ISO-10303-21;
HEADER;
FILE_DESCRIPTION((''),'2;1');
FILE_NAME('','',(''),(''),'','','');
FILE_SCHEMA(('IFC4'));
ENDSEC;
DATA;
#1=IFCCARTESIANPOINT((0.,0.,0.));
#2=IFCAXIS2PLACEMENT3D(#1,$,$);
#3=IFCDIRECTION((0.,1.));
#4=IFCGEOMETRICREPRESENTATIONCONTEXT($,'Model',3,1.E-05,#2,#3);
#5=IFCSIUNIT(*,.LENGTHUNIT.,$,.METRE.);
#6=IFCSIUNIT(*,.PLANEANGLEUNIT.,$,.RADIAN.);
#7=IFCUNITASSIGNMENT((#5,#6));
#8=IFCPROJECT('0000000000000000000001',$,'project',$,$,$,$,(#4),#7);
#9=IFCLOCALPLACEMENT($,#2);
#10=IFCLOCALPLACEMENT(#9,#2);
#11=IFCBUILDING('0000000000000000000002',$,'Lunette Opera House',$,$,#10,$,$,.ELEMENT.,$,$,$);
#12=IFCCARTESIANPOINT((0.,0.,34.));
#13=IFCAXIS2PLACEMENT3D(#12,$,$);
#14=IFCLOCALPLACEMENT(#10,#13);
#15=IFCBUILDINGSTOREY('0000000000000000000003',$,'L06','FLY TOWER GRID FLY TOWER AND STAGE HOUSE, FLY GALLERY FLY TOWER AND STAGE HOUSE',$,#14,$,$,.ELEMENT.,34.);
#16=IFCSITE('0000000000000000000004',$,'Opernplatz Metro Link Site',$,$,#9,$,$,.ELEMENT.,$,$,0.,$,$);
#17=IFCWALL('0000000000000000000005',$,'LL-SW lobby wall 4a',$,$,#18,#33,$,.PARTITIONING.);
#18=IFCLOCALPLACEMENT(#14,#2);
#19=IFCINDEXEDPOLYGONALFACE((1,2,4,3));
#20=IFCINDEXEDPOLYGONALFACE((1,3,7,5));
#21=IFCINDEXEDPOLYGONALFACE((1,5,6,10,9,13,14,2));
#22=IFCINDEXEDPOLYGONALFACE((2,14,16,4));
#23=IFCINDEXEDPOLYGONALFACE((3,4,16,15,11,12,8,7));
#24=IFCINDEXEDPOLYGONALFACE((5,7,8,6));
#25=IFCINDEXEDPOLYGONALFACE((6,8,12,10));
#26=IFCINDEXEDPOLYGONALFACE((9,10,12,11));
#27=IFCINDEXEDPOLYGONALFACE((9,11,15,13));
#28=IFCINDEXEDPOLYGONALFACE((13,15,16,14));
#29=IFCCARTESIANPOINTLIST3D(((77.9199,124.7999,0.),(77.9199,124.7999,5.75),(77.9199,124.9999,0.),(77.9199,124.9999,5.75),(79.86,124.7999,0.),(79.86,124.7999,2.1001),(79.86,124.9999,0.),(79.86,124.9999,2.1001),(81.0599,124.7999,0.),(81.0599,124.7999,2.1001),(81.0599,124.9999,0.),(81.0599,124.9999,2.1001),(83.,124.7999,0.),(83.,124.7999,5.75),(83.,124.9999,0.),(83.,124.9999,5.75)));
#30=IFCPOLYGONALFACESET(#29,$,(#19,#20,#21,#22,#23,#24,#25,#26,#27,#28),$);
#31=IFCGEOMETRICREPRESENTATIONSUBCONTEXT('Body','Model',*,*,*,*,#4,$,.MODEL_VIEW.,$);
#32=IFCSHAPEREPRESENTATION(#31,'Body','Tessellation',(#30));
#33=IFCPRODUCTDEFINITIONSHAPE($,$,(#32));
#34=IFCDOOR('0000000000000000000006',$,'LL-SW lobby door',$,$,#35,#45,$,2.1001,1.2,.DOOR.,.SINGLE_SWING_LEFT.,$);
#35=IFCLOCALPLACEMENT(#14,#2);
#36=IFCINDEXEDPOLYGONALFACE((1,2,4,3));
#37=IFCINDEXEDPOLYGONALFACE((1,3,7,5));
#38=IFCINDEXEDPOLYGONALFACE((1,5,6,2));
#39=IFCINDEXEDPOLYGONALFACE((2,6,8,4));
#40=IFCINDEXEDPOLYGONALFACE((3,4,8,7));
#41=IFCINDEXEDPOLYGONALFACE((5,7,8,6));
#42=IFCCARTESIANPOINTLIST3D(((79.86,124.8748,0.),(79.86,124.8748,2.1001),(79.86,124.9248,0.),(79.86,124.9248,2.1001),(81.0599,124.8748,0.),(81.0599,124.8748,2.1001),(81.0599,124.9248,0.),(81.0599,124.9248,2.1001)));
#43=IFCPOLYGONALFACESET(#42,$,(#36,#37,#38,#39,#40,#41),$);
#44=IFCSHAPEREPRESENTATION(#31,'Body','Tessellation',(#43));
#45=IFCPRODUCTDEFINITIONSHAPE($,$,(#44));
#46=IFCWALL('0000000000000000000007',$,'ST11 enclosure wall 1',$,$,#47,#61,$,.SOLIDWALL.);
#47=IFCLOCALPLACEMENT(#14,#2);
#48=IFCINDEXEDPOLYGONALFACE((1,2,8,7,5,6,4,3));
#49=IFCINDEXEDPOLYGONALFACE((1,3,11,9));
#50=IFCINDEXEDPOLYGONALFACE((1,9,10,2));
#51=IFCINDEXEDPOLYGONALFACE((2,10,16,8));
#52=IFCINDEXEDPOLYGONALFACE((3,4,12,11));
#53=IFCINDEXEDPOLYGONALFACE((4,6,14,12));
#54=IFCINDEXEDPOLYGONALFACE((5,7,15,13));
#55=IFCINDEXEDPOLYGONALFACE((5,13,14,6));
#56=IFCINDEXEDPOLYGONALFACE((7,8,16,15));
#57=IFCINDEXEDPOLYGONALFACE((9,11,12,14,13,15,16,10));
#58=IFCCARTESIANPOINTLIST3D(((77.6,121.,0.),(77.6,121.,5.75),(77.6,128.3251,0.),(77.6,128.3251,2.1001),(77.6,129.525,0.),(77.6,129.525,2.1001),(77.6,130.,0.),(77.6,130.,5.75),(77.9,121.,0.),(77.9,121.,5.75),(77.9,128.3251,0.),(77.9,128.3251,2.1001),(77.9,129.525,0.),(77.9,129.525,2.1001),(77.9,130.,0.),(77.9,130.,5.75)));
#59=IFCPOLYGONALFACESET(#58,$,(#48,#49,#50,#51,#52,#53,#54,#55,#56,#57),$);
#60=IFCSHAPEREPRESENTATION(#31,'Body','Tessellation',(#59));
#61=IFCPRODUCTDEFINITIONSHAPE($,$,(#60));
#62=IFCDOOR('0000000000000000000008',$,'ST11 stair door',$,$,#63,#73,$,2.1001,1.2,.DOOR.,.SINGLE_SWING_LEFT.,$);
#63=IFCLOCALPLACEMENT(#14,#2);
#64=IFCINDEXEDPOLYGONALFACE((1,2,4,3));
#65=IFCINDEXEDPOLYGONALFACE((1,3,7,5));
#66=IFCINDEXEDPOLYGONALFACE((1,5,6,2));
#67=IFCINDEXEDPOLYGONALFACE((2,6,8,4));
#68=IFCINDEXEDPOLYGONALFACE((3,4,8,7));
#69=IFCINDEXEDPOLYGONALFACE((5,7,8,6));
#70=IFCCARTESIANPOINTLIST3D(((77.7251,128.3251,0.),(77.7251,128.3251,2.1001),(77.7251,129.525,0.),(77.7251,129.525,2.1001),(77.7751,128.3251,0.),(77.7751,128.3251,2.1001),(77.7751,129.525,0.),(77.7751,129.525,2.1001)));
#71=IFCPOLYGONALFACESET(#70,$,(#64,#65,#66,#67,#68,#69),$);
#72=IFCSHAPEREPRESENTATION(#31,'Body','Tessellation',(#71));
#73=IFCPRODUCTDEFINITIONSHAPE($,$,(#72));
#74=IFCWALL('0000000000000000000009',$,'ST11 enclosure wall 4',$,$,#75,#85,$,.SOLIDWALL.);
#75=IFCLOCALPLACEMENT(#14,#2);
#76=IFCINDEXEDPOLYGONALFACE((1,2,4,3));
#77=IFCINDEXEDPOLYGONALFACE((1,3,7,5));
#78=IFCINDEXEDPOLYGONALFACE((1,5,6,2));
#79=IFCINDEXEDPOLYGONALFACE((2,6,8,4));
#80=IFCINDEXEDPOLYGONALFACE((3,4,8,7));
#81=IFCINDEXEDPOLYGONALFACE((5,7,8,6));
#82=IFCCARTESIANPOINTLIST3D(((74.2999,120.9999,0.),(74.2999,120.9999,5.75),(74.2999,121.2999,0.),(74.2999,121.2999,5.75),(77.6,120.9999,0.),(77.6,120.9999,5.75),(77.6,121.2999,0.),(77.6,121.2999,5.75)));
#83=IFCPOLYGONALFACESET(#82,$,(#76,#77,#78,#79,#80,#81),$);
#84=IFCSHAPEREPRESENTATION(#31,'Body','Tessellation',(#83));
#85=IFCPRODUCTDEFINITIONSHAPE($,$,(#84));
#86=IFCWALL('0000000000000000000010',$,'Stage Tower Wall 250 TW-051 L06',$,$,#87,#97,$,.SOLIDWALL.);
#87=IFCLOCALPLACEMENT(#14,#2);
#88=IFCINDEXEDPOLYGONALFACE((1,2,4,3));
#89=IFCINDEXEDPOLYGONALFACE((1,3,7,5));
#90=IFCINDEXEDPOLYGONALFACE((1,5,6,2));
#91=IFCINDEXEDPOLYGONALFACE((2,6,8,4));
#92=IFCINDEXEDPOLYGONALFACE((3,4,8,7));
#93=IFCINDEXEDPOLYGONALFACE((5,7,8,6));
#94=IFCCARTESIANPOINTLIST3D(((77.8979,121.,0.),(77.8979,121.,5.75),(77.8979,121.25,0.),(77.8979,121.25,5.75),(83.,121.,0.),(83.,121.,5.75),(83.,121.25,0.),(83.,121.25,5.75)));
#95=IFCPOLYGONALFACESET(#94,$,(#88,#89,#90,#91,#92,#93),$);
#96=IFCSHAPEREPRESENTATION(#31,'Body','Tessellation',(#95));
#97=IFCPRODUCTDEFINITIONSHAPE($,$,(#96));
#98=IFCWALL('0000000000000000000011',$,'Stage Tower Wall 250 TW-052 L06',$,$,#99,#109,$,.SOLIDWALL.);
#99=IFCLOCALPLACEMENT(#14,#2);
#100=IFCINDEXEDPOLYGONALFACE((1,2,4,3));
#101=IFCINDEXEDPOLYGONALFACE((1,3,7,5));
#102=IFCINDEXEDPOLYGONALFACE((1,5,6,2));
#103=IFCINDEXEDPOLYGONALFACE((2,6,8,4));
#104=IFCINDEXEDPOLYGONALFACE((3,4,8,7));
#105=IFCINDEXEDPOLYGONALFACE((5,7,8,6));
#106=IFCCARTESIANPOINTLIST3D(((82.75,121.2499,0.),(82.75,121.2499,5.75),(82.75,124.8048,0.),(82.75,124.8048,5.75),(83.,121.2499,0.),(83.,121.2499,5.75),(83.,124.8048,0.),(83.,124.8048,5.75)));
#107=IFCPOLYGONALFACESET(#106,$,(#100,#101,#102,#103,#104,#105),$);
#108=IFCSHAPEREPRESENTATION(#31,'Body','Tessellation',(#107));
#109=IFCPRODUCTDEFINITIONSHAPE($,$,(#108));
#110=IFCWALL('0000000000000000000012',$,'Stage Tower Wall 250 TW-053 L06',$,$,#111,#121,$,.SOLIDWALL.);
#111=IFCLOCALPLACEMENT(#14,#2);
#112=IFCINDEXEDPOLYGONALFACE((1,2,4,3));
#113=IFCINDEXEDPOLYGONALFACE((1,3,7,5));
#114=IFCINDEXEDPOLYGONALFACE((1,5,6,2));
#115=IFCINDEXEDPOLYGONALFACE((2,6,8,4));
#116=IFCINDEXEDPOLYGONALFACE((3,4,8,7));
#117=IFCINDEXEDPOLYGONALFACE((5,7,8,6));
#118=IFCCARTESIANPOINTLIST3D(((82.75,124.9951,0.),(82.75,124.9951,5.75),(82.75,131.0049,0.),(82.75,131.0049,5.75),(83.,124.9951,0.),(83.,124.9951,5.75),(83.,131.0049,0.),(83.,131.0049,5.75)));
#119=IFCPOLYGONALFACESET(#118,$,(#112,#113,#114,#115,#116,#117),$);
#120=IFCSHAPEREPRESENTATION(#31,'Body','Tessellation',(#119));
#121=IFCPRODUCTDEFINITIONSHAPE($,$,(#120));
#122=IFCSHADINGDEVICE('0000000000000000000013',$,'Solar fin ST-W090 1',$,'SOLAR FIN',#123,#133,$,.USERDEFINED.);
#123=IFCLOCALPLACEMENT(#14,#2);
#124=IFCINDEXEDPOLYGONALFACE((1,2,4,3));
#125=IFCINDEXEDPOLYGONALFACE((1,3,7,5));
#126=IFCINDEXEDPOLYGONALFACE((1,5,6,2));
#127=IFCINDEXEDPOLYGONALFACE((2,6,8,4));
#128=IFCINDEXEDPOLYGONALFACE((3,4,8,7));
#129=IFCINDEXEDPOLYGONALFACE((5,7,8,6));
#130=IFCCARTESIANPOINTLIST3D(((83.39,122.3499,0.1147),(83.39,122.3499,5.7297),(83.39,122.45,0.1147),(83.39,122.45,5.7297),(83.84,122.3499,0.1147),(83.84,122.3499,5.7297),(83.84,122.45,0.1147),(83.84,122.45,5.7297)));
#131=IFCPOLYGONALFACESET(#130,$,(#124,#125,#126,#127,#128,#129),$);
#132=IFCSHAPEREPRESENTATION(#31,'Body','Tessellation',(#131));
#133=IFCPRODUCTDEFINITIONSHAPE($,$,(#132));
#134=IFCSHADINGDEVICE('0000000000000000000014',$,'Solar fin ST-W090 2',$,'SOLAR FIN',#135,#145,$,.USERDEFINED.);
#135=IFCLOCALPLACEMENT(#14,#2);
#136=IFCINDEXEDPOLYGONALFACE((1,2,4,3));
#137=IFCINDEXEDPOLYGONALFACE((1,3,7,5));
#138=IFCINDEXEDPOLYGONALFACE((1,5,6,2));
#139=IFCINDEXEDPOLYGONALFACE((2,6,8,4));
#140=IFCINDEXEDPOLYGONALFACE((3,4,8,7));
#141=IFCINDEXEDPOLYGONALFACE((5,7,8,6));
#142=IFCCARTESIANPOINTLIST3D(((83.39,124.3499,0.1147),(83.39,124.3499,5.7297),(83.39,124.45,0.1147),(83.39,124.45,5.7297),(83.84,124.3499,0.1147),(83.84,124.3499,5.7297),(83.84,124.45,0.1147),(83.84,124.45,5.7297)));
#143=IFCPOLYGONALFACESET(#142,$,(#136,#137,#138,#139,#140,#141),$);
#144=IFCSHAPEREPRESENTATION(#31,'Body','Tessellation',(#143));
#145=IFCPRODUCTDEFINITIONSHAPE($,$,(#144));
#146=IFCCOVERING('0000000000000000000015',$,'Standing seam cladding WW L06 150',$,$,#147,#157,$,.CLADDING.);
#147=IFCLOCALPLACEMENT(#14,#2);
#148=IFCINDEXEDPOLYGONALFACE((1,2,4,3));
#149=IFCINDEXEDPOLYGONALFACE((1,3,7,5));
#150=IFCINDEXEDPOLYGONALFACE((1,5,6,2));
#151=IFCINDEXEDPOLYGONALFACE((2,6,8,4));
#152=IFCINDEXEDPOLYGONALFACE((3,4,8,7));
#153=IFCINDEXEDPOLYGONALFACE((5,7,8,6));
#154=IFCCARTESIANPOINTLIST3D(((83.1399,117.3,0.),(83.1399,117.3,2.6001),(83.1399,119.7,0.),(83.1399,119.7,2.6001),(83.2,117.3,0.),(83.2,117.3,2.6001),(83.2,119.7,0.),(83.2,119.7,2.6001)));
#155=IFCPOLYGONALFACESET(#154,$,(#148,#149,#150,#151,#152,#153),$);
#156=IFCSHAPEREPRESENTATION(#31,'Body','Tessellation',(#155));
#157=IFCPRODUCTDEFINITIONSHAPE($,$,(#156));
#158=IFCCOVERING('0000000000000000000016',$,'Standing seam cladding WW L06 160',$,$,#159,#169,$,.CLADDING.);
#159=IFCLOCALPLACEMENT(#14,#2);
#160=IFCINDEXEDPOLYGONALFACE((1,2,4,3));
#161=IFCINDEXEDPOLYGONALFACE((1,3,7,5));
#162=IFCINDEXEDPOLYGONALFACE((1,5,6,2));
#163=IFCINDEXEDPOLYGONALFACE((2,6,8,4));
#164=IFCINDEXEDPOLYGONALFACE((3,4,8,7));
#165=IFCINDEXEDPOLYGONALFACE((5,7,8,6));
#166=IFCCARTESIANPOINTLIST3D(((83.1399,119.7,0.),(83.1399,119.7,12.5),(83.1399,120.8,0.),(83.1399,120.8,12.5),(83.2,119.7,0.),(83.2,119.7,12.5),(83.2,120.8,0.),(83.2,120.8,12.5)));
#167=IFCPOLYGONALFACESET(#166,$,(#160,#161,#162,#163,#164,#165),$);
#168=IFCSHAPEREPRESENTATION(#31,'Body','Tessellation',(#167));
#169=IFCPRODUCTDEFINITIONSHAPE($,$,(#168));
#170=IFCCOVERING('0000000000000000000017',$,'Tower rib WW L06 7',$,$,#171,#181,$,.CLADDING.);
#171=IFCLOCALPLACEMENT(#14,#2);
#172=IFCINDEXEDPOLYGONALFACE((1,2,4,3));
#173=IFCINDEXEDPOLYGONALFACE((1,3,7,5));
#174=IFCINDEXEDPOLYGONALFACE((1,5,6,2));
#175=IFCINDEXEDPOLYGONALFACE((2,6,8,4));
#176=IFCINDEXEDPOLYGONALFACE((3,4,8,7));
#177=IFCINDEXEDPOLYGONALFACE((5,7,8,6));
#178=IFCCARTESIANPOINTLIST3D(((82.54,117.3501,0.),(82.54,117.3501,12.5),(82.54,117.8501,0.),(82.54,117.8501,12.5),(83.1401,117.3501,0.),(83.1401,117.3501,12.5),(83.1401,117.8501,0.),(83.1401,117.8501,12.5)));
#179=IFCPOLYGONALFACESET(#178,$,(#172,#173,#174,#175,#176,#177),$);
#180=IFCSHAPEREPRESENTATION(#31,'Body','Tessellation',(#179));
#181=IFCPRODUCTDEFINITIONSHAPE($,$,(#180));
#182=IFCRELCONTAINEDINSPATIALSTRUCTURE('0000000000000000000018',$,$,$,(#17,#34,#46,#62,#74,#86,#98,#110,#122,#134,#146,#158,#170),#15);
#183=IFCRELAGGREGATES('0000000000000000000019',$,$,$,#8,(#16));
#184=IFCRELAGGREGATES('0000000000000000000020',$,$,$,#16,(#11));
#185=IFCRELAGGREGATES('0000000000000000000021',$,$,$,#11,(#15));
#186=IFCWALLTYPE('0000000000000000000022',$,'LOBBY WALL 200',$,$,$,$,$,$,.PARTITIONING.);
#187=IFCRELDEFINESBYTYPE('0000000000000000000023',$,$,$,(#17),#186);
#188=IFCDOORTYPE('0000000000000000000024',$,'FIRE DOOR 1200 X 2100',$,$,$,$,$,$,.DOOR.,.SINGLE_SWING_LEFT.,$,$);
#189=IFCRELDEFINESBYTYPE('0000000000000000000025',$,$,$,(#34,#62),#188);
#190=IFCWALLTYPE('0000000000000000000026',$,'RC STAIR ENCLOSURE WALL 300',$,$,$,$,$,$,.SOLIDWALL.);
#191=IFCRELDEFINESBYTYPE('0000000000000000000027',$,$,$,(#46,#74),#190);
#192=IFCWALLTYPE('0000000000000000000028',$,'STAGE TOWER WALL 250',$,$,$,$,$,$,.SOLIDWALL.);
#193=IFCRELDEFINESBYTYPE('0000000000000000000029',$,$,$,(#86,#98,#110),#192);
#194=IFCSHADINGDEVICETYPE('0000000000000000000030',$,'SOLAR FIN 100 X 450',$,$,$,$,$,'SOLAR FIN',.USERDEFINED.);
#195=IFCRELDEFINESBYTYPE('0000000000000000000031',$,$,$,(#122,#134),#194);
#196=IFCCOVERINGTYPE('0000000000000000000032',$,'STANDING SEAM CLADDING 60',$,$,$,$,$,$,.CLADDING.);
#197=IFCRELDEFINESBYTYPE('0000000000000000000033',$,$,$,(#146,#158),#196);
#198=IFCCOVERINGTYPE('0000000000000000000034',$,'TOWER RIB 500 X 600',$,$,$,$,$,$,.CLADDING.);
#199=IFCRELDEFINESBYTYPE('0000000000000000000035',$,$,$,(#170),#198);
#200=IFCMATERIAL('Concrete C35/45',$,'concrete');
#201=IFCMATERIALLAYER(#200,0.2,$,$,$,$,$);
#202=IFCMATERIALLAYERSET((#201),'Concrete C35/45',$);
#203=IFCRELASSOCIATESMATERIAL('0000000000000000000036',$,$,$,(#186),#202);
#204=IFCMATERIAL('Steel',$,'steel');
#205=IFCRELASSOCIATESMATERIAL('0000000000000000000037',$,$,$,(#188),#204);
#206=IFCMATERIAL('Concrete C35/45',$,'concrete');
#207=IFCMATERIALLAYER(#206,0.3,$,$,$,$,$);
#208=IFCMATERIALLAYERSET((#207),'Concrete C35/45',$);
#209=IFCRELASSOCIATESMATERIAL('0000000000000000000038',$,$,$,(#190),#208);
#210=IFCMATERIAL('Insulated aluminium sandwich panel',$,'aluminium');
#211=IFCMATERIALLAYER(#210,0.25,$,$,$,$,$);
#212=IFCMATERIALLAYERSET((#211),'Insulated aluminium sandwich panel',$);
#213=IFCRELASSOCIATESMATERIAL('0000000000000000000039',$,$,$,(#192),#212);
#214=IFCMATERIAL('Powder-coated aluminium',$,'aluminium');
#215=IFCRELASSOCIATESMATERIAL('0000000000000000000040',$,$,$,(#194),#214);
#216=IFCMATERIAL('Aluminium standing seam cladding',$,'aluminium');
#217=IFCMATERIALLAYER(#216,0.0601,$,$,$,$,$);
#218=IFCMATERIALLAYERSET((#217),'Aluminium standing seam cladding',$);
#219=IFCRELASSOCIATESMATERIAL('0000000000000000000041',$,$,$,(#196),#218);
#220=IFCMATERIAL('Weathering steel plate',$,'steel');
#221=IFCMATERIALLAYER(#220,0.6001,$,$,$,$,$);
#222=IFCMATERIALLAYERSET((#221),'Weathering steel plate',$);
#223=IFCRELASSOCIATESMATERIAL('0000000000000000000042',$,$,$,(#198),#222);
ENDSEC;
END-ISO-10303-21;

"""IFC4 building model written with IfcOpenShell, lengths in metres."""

from ifc_helpers import new_model, si_unit, direction, frame, frame_2d, origin, origin_2d, place, context, subcontext, project, spatial, rectangle, extrude, material, layer, layer_set, type_object, element, fill, save


model = new_model("IFC4")

# Units and contexts
model_context = context("Model", 3, precision=1e-05, world=origin(), true_north=direction((0.0, 1.0)))
body_context = subcontext(model_context, "Body", "Model", "MODEL_VIEW")
ifc_project = project(units=[si_unit("LENGTHUNIT", "METRE"), si_unit("PLANEANGLEUNIT", "RADIAN")], contexts=[model_context])

# Site, building, storey
site_placement = place(None, origin())
site = spatial("IfcSite", under=ifc_project, at=site_placement, Name="Opernplatz Metro Link Site", CompositionType="ELEMENT", RefElevation=0.0)
building_placement = place(site_placement, origin())
building = spatial("IfcBuilding", under=site, at=building_placement, Name="Lunette Opera House", CompositionType="ELEMENT")
storey_placement = place(building_placement, frame((0.0, 0.0, 34.0)))
storey = spatial("IfcBuildingStorey", under=building, at=storey_placement, Name="L06", Description="FLY TOWER GRID FLY TOWER AND STAGE HOUSE, FLY GALLERY FLY TOWER AND STAGE HOUSE", CompositionType="ELEMENT", Elevation=34.0)

# Walls, openings, doors
ifc_material_1 = material(Name="Concrete C35/45", Category="concrete")
ifc_layer_1 = layer(ifc_material_1, 0.2)
ifc_layer_set_1 = layer_set([ifc_layer_1], Name="Concrete C35/45")
wall_type_1 = type_object("IfcWallType", Name="LOBBY WALL 200", PredefinedType="PARTITIONING", material=ifc_layer_set_1)
wall_1_placement = place(storey_placement, frame((77.9199, 124.8999, 0.0), z_axis=(0.0, 0.0, 1.0), x_axis=(1.0, 0.0, 0.0)))
wall_1 = element("IfcWall", 1, at=wall_1_placement, inside=storey, type_object=wall_type_1, Name="LL-SW lobby wall 4a", PredefinedType="PARTITIONING", context=body_context, shape_type="SweptSolid", body=[
    extrude(rectangle(XDim=5.0801, YDim=0.2, at=frame_2d((2.54, 0.0))), origin(), (0.0, 0.0, 1.0), 5.75),
])
opening_1_placement = place(wall_1_placement, frame((1.9399, 0.0, 0.0)))
opening_1 = element("IfcOpeningElement", 2, at=opening_1_placement, cuts=wall_1, PredefinedType="OPENING", context=body_context, shape_type="SweptSolid", body=[
    extrude(rectangle(XDim=1.2, YDim=2.1001, at=frame_2d((0.6001, 1.05))), frame((0.0, 0.1121, 0.0), z_axis=(0.0, -1.0, 0.0), x_axis=(1.0, 0.0, 0.0)), (0.0, 0.0, 1.0), 0.2239),
])
ifc_material_2 = material(Name="Steel", Category="steel")
door_type = type_object("IfcDoorType", Name="FIRE DOOR 1200 X 2100", OperationType="SINGLE_SWING_LEFT", PredefinedType="DOOR", material=ifc_material_2)
door_1_placement = place(opening_1_placement, origin())
door_1 = element("IfcDoor", 3, at=door_1_placement, inside=storey, type_object=door_type, Name="LL-SW lobby door", OperationType="SINGLE_SWING_LEFT", OverallHeight=2.1001, OverallWidth=1.2, PredefinedType="DOOR", context=body_context, shape_type="SweptSolid", body=[
    extrude(rectangle(XDim=1.2, YDim=2.1001, at=frame_2d((0.6001, 1.05))), frame((0.0, 0.0249, 0.0), z_axis=(0.0, -1.0, 0.0), x_axis=(1.0, 0.0, 0.0)), (0.0, 0.0, 1.0), 0.05),
])
fill(opening_1, door_1)
ifc_material_3 = material(Name="Concrete C35/45", Category="concrete")
ifc_layer_2 = layer(ifc_material_3, 0.3)
ifc_layer_set_2 = layer_set([ifc_layer_2], Name="Concrete C35/45")
wall_type_2 = type_object("IfcWallType", Name="RC STAIR ENCLOSURE WALL 300", PredefinedType="SOLIDWALL", material=ifc_layer_set_2)
wall_2_placement = place(storey_placement, frame((77.75, 121.0, 0.0), z_axis=(0.0, 0.0, 1.0), x_axis=(0.0, 1.0, 0.0)))
wall_2 = element("IfcWall", 4, at=wall_2_placement, inside=storey, type_object=wall_type_2, Name="ST11 enclosure wall 1", PredefinedType="SOLIDWALL", context=body_context, shape_type="SweptSolid", body=[
    extrude(rectangle(XDim=9.0, YDim=0.3, at=frame_2d((4.5, 0.0))), origin(), (0.0, 0.0, 1.0), 5.75),
])
opening_2_placement = place(wall_2_placement, frame((7.325, 0.0, 0.0)))
opening_2 = element("IfcOpeningElement", 5, at=opening_2_placement, cuts=wall_2, PredefinedType="OPENING", context=body_context, shape_type="SweptSolid", body=[
    extrude(rectangle(XDim=1.2, YDim=2.1001, at=frame_2d((0.6001, 1.05))), frame((0.0, 0.1621, 0.0), z_axis=(0.0, -1.0, 0.0), x_axis=(1.0, 0.0, 0.0)), (0.0, 0.0, 1.0), 0.324),
])
door_2_placement = place(opening_2_placement, origin())
door_2 = element("IfcDoor", 6, at=door_2_placement, inside=storey, type_object=door_type, Name="ST11 stair door", OperationType="SINGLE_SWING_LEFT", OverallHeight=2.1001, OverallWidth=1.2, PredefinedType="DOOR", context=body_context, shape_type="SweptSolid", body=[
    extrude(rectangle(XDim=1.2, YDim=2.1001, at=frame_2d((0.6001, 1.05))), frame((0.0, 0.0249, 0.0), z_axis=(0.0, -1.0, 0.0), x_axis=(1.0, 0.0, 0.0)), (0.0, 0.0, 1.0), 0.05),
])
fill(opening_2, door_2)

# Walls
wall_3_placement = place(storey_placement, frame((74.3, 121.1499, 0.0), z_axis=(0.0, 0.0, 1.0), x_axis=(1.0, 0.0, 0.0)))
element("IfcWall", 7, at=wall_3_placement, inside=storey, type_object=wall_type_2, Name="ST11 enclosure wall 4", PredefinedType="SOLIDWALL", context=body_context, shape_type="SweptSolid", body=[
    extrude(rectangle(XDim=3.3, YDim=0.3, at=frame_2d((1.6499, 0.0))), origin(), (0.0, 0.0, 1.0), 5.75),
])
ifc_material_4 = material(Name="Insulated aluminium sandwich panel", Category="aluminium")
ifc_layer_3 = layer(ifc_material_4, 0.25)
ifc_layer_set_3 = layer_set([ifc_layer_3], Name="Insulated aluminium sandwich panel")
wall_type_3 = type_object("IfcWallType", Name="STAGE TOWER WALL 250", PredefinedType="SOLIDWALL", material=ifc_layer_set_3)
wall_4_placement = place(storey_placement, frame((77.8979, 121.125, 0.0), z_axis=(0.0, 0.0, 1.0), x_axis=(1.0, 0.0, 0.0)))
element("IfcWall", 8, at=wall_4_placement, inside=storey, type_object=wall_type_3, Name="Stage Tower Wall 250 TW-051 L06", PredefinedType="SOLIDWALL", context=body_context, shape_type="SweptSolid", body=[
    extrude(rectangle(XDim=5.1021, YDim=0.25, at=frame_2d((2.551, 0.0))), origin(), (0.0, 0.0, 1.0), 5.75),
])
wall_5_placement = place(storey_placement, frame((82.875, 121.25, 0.0), z_axis=(0.0, 0.0, 1.0), x_axis=(0.0, 1.0, 0.0)))
element("IfcWall", 9, at=wall_5_placement, inside=storey, type_object=wall_type_3, Name="Stage Tower Wall 250 TW-052 L06", PredefinedType="SOLIDWALL", context=body_context, shape_type="SweptSolid", body=[
    extrude(rectangle(XDim=3.5549, YDim=0.25, at=frame_2d((1.7773, 0.0))), origin(), (0.0, 0.0, 1.0), 5.75),
])
wall_6_placement = place(storey_placement, frame((82.875, 124.9951, 0.0), z_axis=(0.0, 0.0, 1.0), x_axis=(0.0, 1.0, 0.0)))
element("IfcWall", 10, at=wall_6_placement, inside=storey, type_object=wall_type_3, Name="Stage Tower Wall 250 TW-053 L06", PredefinedType="SOLIDWALL", context=body_context, shape_type="SweptSolid", body=[
    extrude(rectangle(XDim=6.0098, YDim=0.25, at=frame_2d((3.0049, 0.0))), origin(), (0.0, 0.0, 1.0), 5.75),
])

# Shading devices
ifc_material_5 = material(Name="Powder-coated aluminium", Category="aluminium")
shading_device_type = type_object("IfcShadingDeviceType", Name="SOLAR FIN 100 X 450", ElementType="SOLAR FIN", PredefinedType="USERDEFINED", material=ifc_material_5)
for number, where, z_axis, x_axis, name in (
    (11, (83.615, 122.3999, 0.1147), (0.0, 0.0, 1.0), (-1.0, 0.0, 0.0), "Solar fin ST-W090 1"),
    (12, (83.615, 124.3999, 0.1147), (0.0, 0.0, 1.0), (-1.0, 0.0, 0.0), "Solar fin ST-W090 2"),
):
    element("IfcShadingDevice", number, at=place(storey_placement, frame(where, z_axis=z_axis, x_axis=x_axis)), inside=storey, type_object=shading_device_type, Name=name, ObjectType="SOLAR FIN", PredefinedType="USERDEFINED", context=body_context, shape_type="SweptSolid", body=[
        extrude(rectangle(XDim=0.45, YDim=0.1001, at=origin_2d()), origin(), (0.0, 0.0, 1.0), 5.615),
    ])

# Coverings
ifc_material_6 = material(Name="Aluminium standing seam cladding", Category="aluminium")
ifc_layer_4 = layer(ifc_material_6, 0.0601)
ifc_layer_set_4 = layer_set([ifc_layer_4], Name="Aluminium standing seam cladding")
covering_type_1 = type_object("IfcCoveringType", Name="STANDING SEAM CLADDING 60", PredefinedType="CLADDING", material=ifc_layer_set_4)
covering_1_placement = place(storey_placement, frame((83.1699, 118.5, 0.0), z_axis=(0.0, 0.0, 1.0), x_axis=(0.0, 1.0, 0.0)))
element("IfcCovering", 13, at=covering_1_placement, inside=storey, type_object=covering_type_1, Name="Standing seam cladding WW L06 150", PredefinedType="CLADDING", context=body_context, shape_type="SweptSolid", body=[
    extrude(rectangle(XDim=2.3999, YDim=0.0601, at=origin_2d()), origin(), (0.0, 0.0, 1.0), 2.6001),
])
covering_2_placement = place(storey_placement, frame((83.1699, 120.25, 0.0), z_axis=(0.0, 0.0, 1.0), x_axis=(0.0, 1.0, 0.0)))
element("IfcCovering", 14, at=covering_2_placement, inside=storey, type_object=covering_type_1, Name="Standing seam cladding WW L06 160", PredefinedType="CLADDING", context=body_context, shape_type="SweptSolid", body=[
    extrude(rectangle(XDim=1.1001, YDim=0.0601, at=origin_2d()), origin(), (0.0, 0.0, 1.0), 12.5),
])
ifc_material_7 = material(Name="Weathering steel plate", Category="steel")
ifc_layer_5 = layer(ifc_material_7, 0.6001)
ifc_layer_set_5 = layer_set([ifc_layer_5], Name="Weathering steel plate")
covering_type_2 = type_object("IfcCoveringType", Name="TOWER RIB 500 X 600", PredefinedType="CLADDING", material=ifc_layer_set_5)
covering_3_placement = place(storey_placement, frame((82.8401, 117.6001, 0.0), z_axis=(0.0, 0.0, 1.0), x_axis=(0.0, 1.0, 0.0)))
element("IfcCovering", 15, at=covering_3_placement, inside=storey, type_object=covering_type_2, Name="Tower rib WW L06 7", PredefinedType="CLADDING", context=body_context, shape_type="SweptSolid", body=[
    extrude(rectangle(XDim=0.5, YDim=0.6001, at=origin_2d()), origin(), (0.0, 0.0, 1.0), 12.5),
])

save(model, "model.ifc")
